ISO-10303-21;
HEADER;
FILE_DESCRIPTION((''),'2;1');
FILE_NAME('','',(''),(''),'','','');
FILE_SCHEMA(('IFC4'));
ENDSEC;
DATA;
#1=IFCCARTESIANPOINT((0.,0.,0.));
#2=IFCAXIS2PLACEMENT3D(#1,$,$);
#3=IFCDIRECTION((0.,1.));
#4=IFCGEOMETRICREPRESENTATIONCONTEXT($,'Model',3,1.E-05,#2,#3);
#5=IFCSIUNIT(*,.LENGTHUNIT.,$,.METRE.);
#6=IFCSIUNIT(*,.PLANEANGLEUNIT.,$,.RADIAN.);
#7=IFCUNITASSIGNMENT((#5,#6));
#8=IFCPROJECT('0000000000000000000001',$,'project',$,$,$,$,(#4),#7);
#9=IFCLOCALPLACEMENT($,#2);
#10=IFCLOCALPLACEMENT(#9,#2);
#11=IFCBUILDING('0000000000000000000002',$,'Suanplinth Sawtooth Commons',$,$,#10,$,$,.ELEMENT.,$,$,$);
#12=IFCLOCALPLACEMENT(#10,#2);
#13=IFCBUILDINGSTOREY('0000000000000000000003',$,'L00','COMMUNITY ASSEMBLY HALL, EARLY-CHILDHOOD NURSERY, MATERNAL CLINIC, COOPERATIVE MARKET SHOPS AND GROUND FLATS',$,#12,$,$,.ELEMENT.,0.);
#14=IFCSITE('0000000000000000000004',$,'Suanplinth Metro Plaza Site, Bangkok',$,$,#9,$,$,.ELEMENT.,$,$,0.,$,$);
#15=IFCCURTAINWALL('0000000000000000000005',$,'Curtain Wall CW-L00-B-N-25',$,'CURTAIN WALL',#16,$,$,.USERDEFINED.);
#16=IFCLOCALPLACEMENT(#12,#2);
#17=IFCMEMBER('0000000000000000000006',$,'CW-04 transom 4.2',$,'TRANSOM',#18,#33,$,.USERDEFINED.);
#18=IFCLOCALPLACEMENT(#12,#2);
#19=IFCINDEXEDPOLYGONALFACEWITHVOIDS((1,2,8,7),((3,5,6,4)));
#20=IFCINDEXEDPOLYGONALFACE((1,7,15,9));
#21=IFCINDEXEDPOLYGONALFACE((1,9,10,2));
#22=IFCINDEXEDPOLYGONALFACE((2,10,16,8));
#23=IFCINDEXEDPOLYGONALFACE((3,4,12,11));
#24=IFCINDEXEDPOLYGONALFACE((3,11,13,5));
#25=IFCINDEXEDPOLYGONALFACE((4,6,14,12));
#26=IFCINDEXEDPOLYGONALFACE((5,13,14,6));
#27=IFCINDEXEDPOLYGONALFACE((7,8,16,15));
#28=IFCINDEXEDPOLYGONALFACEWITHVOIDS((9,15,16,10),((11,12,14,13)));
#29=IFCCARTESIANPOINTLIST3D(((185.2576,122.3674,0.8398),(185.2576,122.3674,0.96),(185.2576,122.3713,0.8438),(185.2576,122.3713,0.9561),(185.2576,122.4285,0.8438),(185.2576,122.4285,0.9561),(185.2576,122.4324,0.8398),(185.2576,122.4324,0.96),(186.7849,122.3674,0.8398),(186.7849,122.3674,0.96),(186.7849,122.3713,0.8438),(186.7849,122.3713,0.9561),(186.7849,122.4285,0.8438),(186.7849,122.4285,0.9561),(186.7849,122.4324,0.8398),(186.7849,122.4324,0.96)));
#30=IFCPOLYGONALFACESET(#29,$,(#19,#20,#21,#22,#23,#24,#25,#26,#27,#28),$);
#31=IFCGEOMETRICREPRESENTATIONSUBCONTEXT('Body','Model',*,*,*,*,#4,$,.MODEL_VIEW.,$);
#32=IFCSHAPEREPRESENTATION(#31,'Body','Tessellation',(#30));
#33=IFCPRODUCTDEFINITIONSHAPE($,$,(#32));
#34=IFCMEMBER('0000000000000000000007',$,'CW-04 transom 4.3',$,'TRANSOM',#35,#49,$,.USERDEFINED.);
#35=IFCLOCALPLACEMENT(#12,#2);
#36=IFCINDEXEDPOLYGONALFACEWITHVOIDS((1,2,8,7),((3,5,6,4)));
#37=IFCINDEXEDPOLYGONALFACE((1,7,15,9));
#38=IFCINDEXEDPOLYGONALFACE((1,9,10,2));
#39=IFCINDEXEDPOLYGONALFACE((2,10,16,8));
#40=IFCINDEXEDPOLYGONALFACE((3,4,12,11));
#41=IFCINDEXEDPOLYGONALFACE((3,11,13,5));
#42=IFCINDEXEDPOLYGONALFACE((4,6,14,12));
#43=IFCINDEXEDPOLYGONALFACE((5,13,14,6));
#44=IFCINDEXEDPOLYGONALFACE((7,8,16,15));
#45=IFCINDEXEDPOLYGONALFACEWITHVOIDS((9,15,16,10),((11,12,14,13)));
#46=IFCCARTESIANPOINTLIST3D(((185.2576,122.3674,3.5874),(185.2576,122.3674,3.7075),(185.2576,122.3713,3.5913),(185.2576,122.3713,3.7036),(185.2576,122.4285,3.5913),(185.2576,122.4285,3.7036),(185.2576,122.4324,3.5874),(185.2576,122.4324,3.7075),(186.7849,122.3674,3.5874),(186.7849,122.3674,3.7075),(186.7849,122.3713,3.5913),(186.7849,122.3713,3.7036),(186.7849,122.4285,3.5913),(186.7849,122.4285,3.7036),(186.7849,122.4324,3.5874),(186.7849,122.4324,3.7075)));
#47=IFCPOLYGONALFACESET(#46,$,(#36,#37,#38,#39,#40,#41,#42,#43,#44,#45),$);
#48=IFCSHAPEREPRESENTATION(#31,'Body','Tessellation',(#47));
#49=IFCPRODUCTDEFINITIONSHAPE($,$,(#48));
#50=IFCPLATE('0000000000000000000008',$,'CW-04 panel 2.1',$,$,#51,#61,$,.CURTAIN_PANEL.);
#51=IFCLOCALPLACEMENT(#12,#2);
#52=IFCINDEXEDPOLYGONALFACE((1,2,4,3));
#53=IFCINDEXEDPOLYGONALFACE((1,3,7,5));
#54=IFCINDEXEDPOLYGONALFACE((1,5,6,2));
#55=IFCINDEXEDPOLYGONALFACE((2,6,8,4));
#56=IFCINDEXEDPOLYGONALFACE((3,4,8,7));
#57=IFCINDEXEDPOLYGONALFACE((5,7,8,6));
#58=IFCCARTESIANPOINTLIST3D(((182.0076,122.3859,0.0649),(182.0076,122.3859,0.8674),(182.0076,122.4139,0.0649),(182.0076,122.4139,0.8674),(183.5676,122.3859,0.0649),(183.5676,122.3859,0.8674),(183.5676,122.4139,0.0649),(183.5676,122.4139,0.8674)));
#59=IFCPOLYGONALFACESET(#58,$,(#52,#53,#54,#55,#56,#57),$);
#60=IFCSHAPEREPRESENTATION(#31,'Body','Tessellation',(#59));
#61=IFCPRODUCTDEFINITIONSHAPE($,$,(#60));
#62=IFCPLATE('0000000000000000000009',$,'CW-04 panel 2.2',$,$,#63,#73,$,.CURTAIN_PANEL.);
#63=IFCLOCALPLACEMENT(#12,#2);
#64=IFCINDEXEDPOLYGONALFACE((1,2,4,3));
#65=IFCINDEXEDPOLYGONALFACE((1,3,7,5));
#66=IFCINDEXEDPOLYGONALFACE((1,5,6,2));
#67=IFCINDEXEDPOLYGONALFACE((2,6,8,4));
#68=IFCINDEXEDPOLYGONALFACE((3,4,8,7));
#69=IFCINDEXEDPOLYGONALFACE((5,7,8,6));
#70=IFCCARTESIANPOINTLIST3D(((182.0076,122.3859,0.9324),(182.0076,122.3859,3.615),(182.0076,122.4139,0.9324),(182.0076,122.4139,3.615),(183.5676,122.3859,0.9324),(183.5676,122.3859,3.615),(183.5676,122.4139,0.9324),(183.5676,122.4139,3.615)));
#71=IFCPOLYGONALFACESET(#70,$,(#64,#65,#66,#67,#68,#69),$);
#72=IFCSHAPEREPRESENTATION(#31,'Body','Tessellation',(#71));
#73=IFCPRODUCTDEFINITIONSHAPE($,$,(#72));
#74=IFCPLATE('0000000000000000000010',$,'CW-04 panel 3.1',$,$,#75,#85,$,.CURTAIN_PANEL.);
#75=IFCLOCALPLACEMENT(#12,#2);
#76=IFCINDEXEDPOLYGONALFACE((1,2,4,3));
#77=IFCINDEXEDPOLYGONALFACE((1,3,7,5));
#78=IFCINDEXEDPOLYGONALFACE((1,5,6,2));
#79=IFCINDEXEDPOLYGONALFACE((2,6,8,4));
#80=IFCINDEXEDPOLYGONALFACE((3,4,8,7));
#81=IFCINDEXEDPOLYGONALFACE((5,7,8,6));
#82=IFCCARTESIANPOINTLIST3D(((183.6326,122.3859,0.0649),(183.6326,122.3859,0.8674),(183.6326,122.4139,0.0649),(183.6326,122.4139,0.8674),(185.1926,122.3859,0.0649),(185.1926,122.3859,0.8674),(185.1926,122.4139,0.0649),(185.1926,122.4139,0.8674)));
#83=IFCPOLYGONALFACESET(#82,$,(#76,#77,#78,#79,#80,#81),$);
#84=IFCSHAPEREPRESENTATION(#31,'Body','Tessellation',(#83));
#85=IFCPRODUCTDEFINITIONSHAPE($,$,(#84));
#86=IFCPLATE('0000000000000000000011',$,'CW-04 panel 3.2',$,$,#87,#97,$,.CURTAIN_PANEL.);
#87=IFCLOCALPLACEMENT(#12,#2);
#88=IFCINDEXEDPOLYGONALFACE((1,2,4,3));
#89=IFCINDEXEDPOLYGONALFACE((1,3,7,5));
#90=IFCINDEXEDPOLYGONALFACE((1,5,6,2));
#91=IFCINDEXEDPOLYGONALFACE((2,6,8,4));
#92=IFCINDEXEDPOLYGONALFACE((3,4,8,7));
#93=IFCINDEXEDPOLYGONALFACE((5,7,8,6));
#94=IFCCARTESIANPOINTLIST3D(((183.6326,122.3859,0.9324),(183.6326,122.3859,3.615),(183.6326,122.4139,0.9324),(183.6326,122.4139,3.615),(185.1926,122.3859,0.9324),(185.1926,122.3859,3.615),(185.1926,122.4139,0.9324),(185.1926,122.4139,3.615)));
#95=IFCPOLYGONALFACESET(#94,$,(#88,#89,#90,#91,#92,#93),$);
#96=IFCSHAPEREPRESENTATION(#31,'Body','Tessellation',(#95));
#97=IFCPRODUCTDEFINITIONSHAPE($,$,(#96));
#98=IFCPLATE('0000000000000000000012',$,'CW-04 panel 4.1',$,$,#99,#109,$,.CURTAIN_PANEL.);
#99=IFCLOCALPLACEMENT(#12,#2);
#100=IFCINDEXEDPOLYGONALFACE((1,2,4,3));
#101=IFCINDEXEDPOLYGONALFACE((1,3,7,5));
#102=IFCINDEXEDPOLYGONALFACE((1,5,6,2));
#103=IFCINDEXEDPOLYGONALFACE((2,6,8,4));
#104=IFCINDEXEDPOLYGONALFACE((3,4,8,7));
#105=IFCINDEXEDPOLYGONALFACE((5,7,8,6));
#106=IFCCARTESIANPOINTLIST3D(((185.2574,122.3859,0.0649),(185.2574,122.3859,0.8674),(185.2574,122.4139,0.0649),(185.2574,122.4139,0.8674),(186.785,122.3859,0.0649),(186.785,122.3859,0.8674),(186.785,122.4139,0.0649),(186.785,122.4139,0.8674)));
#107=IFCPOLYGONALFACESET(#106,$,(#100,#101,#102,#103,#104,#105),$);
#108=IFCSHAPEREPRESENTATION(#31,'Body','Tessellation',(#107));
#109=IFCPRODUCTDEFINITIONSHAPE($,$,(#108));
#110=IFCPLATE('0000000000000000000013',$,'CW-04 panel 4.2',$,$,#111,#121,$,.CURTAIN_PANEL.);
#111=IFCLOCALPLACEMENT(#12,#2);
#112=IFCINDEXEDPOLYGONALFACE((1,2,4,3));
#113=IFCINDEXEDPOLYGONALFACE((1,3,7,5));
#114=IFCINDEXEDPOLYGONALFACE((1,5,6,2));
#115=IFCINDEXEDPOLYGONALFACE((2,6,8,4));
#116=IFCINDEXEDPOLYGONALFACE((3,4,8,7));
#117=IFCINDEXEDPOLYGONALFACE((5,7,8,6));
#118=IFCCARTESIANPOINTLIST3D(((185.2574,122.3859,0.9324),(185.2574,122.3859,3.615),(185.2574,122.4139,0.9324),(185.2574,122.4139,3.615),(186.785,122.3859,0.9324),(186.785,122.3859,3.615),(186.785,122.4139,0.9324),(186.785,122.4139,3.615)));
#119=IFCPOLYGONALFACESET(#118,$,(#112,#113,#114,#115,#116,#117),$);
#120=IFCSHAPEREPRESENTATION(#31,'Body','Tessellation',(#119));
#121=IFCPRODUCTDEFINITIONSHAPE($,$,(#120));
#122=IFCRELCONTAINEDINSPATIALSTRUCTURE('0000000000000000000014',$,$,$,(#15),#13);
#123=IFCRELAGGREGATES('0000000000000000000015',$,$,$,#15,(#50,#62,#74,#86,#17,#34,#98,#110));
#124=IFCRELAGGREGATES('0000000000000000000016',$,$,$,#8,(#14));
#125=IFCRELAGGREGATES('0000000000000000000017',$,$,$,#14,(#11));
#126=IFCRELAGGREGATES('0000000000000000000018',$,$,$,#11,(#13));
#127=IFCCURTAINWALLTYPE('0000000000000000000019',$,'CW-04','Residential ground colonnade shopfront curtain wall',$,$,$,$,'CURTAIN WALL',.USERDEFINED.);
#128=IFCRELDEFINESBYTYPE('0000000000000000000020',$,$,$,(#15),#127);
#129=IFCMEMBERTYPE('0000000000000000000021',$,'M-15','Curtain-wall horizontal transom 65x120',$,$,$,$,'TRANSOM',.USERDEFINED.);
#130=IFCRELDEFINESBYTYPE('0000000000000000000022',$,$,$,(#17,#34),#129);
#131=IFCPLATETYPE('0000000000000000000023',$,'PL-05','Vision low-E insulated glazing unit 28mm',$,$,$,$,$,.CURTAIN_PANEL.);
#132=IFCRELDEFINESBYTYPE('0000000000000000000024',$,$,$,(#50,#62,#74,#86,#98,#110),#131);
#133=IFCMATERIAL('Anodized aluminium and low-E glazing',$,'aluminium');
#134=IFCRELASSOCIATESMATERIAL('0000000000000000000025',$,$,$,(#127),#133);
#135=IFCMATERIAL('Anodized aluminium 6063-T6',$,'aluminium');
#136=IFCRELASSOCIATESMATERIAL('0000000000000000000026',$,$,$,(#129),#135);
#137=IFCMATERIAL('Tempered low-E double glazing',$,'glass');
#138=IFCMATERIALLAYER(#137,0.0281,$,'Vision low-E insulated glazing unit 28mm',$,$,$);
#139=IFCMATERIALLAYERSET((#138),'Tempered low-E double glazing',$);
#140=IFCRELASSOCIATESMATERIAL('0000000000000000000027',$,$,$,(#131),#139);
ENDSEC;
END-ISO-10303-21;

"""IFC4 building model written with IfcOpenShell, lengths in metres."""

from ifc_helpers import new_model, si_unit, direction, frame, origin, origin_2d, place, context, subcontext, project, spatial, rectangle, hollow_rectangle, extrude, material, layer, layer_set, material_profile, profile_set, type_object, element, aggregate, save


model = new_model("IFC4")

# Units and contexts
model_context = context("Model", 3, precision=1e-05, world=origin(), true_north=direction((0.0, 1.0)))
body_context = subcontext(model_context, "Body", "Model", "MODEL_VIEW")
ifc_project = project(units=[si_unit("LENGTHUNIT", "METRE"), si_unit("PLANEANGLEUNIT", "RADIAN")], contexts=[model_context])

# Site, building, storey
site_placement = place(None, origin())
site = spatial("IfcSite", under=ifc_project, at=site_placement, Name="Suanplinth Metro Plaza Site, Bangkok", CompositionType="ELEMENT", RefElevation=0.0)
building_placement = place(site_placement, origin())
building = spatial("IfcBuilding", under=site, at=building_placement, Name="Suanplinth Sawtooth Commons", CompositionType="ELEMENT")
storey_placement = place(building_placement, origin())
storey = spatial("IfcBuildingStorey", under=building, at=storey_placement, Name="L00", Description="COMMUNITY ASSEMBLY HALL, EARLY-CHILDHOOD NURSERY, MATERNAL CLINIC, COOPERATIVE MARKET SHOPS AND GROUND FLATS", CompositionType="ELEMENT", Elevation=0.0)

# Curtain wall, members, plates
ifc_material_1 = material(Name="Anodized aluminium and low-E glazing", Category="aluminium")
curtain_wall_type = type_object("IfcCurtainWallType", Name="CW-04", Description="Residential ground colonnade shopfront curtain wall", ElementType="CURTAIN WALL", PredefinedType="USERDEFINED", material=ifc_material_1)
curtain_wall_placement = place(storey_placement, origin())
curtain_wall = element("IfcCurtainWall", 1, at=curtain_wall_placement, inside=storey, type_object=curtain_wall_type, Name="Curtain Wall CW-L00-B-N-25", ObjectType="CURTAIN WALL", PredefinedType="USERDEFINED")
ifc_material_2 = material(Name="Anodized aluminium 6063-T6", Category="aluminium")
ifc_material_profile_1 = material_profile(ifc_material_2, hollow_rectangle(XDim=0.0649, YDim=0.1201, WallThickness=0.0039, at=origin_2d()), Name="ALU-TRN 65x120")
ifc_profile_set_1 = profile_set([ifc_material_profile_1], Name="Anodized aluminium 6063-T6")
member_type_1 = type_object("IfcMemberType", Name="M-15", Description="Curtain-wall horizontal transom 65x120", ElementType="TRANSOM", PredefinedType="USERDEFINED", material=ifc_profile_set_1)
member_1_placement = place(storey_placement, frame((185.2576, 122.3999, 0.8999), z_axis=(1.0, 0.0, 0.0), x_axis=(0.0, 1.0, 0.0)))
member_1 = element("IfcMember", 2, at=member_1_placement, type_object=member_type_1, Name="CW-04 transom 4.2", ObjectType="TRANSOM", PredefinedType="USERDEFINED", context=body_context, shape_type="SweptSolid", body=[
    extrude(hollow_rectangle(XDim=0.0649, YDim=0.1201, WallThickness=0.0039, at=origin_2d()), origin(), (0.0, 0.0, 1.0), 1.5273),
])
member_2_placement = place(storey_placement, frame((185.2576, 122.3999, 3.6475), z_axis=(1.0, 0.0, 0.0), x_axis=(0.0, 1.0, 0.0)))
member_2 = element("IfcMember", 3, at=member_2_placement, type_object=member_type_1, Name="CW-04 transom 4.3", ObjectType="TRANSOM", PredefinedType="USERDEFINED", context=body_context, shape_type="SweptSolid", body=[
    extrude(hollow_rectangle(XDim=0.0649, YDim=0.1201, WallThickness=0.0039, at=origin_2d()), origin(), (0.0, 0.0, 1.0), 1.5273),
])
ifc_material_3 = material(Name="Tempered low-E double glazing", Category="glass")
ifc_layer = layer(ifc_material_3, 0.0281, Name="Vision low-E insulated glazing unit 28mm")
ifc_layer_set = layer_set([ifc_layer], Name="Tempered low-E double glazing")
plate_type = type_object("IfcPlateType", Name="PL-05", Description="Vision low-E insulated glazing unit 28mm", PredefinedType="CURTAIN_PANEL", material=ifc_layer_set)
plate_1_placement = place(storey_placement, frame((182.7876, 122.3999, 0.0649), z_axis=(0.0, 0.0, 1.0), x_axis=(1.0, 0.0, 0.0)))
plate_1 = element("IfcPlate", 4, at=plate_1_placement, type_object=plate_type, Name="CW-04 panel 2.1", PredefinedType="CURTAIN_PANEL", context=body_context, shape_type="SweptSolid", body=[
    extrude(rectangle(XDim=1.5601, YDim=0.0281, at=origin_2d()), origin(), (0.0, 0.0, 1.0), 0.8025),
])
plate_2_placement = place(storey_placement, frame((182.7876, 122.3999, 0.9324), z_axis=(0.0, 0.0, 1.0), x_axis=(1.0, 0.0, 0.0)))
plate_2 = element("IfcPlate", 5, at=plate_2_placement, type_object=plate_type, Name="CW-04 panel 2.2", PredefinedType="CURTAIN_PANEL", context=body_context, shape_type="SweptSolid", body=[
    extrude(rectangle(XDim=1.5601, YDim=0.0281, at=origin_2d()), origin(), (0.0, 0.0, 1.0), 2.6826),
])
plate_3_placement = place(storey_placement, frame((184.4126, 122.3999, 0.0649), z_axis=(0.0, 0.0, 1.0), x_axis=(1.0, 0.0, 0.0)))
plate_3 = element("IfcPlate", 6, at=plate_3_placement, type_object=plate_type, Name="CW-04 panel 3.1", PredefinedType="CURTAIN_PANEL", context=body_context, shape_type="SweptSolid", body=[
    extrude(rectangle(XDim=1.5601, YDim=0.0281, at=origin_2d()), origin(), (0.0, 0.0, 1.0), 0.8025),
])
plate_4_placement = place(storey_placement, frame((184.4126, 122.3999, 0.9324), z_axis=(0.0, 0.0, 1.0), x_axis=(1.0, 0.0, 0.0)))
plate_4 = element("IfcPlate", 7, at=plate_4_placement, type_object=plate_type, Name="CW-04 panel 3.2", PredefinedType="CURTAIN_PANEL", context=body_context, shape_type="SweptSolid", body=[
    extrude(rectangle(XDim=1.5601, YDim=0.0281, at=origin_2d()), origin(), (0.0, 0.0, 1.0), 2.6826),
])
plate_5_placement = place(storey_placement, frame((186.0212, 122.3999, 0.0649), z_axis=(0.0, 0.0, 1.0), x_axis=(1.0, 0.0, 0.0)))
plate_5 = element("IfcPlate", 8, at=plate_5_placement, type_object=plate_type, Name="CW-04 panel 4.1", PredefinedType="CURTAIN_PANEL", context=body_context, shape_type="SweptSolid", body=[
    extrude(rectangle(XDim=1.5276, YDim=0.0281, at=origin_2d()), origin(), (0.0, 0.0, 1.0), 0.8025),
])
plate_6_placement = place(storey_placement, frame((186.0212, 122.3999, 0.9324), z_axis=(0.0, 0.0, 1.0), x_axis=(1.0, 0.0, 0.0)))
plate_6 = element("IfcPlate", 9, at=plate_6_placement, type_object=plate_type, Name="CW-04 panel 4.2", PredefinedType="CURTAIN_PANEL", context=body_context, shape_type="SweptSolid", body=[
    extrude(rectangle(XDim=1.5276, YDim=0.0281, at=origin_2d()), origin(), (0.0, 0.0, 1.0), 2.6826),
])
aggregate(curtain_wall, [plate_1, plate_2, plate_3, plate_4, member_1, member_2, plate_5, plate_6])

save(model, "model.ifc")
